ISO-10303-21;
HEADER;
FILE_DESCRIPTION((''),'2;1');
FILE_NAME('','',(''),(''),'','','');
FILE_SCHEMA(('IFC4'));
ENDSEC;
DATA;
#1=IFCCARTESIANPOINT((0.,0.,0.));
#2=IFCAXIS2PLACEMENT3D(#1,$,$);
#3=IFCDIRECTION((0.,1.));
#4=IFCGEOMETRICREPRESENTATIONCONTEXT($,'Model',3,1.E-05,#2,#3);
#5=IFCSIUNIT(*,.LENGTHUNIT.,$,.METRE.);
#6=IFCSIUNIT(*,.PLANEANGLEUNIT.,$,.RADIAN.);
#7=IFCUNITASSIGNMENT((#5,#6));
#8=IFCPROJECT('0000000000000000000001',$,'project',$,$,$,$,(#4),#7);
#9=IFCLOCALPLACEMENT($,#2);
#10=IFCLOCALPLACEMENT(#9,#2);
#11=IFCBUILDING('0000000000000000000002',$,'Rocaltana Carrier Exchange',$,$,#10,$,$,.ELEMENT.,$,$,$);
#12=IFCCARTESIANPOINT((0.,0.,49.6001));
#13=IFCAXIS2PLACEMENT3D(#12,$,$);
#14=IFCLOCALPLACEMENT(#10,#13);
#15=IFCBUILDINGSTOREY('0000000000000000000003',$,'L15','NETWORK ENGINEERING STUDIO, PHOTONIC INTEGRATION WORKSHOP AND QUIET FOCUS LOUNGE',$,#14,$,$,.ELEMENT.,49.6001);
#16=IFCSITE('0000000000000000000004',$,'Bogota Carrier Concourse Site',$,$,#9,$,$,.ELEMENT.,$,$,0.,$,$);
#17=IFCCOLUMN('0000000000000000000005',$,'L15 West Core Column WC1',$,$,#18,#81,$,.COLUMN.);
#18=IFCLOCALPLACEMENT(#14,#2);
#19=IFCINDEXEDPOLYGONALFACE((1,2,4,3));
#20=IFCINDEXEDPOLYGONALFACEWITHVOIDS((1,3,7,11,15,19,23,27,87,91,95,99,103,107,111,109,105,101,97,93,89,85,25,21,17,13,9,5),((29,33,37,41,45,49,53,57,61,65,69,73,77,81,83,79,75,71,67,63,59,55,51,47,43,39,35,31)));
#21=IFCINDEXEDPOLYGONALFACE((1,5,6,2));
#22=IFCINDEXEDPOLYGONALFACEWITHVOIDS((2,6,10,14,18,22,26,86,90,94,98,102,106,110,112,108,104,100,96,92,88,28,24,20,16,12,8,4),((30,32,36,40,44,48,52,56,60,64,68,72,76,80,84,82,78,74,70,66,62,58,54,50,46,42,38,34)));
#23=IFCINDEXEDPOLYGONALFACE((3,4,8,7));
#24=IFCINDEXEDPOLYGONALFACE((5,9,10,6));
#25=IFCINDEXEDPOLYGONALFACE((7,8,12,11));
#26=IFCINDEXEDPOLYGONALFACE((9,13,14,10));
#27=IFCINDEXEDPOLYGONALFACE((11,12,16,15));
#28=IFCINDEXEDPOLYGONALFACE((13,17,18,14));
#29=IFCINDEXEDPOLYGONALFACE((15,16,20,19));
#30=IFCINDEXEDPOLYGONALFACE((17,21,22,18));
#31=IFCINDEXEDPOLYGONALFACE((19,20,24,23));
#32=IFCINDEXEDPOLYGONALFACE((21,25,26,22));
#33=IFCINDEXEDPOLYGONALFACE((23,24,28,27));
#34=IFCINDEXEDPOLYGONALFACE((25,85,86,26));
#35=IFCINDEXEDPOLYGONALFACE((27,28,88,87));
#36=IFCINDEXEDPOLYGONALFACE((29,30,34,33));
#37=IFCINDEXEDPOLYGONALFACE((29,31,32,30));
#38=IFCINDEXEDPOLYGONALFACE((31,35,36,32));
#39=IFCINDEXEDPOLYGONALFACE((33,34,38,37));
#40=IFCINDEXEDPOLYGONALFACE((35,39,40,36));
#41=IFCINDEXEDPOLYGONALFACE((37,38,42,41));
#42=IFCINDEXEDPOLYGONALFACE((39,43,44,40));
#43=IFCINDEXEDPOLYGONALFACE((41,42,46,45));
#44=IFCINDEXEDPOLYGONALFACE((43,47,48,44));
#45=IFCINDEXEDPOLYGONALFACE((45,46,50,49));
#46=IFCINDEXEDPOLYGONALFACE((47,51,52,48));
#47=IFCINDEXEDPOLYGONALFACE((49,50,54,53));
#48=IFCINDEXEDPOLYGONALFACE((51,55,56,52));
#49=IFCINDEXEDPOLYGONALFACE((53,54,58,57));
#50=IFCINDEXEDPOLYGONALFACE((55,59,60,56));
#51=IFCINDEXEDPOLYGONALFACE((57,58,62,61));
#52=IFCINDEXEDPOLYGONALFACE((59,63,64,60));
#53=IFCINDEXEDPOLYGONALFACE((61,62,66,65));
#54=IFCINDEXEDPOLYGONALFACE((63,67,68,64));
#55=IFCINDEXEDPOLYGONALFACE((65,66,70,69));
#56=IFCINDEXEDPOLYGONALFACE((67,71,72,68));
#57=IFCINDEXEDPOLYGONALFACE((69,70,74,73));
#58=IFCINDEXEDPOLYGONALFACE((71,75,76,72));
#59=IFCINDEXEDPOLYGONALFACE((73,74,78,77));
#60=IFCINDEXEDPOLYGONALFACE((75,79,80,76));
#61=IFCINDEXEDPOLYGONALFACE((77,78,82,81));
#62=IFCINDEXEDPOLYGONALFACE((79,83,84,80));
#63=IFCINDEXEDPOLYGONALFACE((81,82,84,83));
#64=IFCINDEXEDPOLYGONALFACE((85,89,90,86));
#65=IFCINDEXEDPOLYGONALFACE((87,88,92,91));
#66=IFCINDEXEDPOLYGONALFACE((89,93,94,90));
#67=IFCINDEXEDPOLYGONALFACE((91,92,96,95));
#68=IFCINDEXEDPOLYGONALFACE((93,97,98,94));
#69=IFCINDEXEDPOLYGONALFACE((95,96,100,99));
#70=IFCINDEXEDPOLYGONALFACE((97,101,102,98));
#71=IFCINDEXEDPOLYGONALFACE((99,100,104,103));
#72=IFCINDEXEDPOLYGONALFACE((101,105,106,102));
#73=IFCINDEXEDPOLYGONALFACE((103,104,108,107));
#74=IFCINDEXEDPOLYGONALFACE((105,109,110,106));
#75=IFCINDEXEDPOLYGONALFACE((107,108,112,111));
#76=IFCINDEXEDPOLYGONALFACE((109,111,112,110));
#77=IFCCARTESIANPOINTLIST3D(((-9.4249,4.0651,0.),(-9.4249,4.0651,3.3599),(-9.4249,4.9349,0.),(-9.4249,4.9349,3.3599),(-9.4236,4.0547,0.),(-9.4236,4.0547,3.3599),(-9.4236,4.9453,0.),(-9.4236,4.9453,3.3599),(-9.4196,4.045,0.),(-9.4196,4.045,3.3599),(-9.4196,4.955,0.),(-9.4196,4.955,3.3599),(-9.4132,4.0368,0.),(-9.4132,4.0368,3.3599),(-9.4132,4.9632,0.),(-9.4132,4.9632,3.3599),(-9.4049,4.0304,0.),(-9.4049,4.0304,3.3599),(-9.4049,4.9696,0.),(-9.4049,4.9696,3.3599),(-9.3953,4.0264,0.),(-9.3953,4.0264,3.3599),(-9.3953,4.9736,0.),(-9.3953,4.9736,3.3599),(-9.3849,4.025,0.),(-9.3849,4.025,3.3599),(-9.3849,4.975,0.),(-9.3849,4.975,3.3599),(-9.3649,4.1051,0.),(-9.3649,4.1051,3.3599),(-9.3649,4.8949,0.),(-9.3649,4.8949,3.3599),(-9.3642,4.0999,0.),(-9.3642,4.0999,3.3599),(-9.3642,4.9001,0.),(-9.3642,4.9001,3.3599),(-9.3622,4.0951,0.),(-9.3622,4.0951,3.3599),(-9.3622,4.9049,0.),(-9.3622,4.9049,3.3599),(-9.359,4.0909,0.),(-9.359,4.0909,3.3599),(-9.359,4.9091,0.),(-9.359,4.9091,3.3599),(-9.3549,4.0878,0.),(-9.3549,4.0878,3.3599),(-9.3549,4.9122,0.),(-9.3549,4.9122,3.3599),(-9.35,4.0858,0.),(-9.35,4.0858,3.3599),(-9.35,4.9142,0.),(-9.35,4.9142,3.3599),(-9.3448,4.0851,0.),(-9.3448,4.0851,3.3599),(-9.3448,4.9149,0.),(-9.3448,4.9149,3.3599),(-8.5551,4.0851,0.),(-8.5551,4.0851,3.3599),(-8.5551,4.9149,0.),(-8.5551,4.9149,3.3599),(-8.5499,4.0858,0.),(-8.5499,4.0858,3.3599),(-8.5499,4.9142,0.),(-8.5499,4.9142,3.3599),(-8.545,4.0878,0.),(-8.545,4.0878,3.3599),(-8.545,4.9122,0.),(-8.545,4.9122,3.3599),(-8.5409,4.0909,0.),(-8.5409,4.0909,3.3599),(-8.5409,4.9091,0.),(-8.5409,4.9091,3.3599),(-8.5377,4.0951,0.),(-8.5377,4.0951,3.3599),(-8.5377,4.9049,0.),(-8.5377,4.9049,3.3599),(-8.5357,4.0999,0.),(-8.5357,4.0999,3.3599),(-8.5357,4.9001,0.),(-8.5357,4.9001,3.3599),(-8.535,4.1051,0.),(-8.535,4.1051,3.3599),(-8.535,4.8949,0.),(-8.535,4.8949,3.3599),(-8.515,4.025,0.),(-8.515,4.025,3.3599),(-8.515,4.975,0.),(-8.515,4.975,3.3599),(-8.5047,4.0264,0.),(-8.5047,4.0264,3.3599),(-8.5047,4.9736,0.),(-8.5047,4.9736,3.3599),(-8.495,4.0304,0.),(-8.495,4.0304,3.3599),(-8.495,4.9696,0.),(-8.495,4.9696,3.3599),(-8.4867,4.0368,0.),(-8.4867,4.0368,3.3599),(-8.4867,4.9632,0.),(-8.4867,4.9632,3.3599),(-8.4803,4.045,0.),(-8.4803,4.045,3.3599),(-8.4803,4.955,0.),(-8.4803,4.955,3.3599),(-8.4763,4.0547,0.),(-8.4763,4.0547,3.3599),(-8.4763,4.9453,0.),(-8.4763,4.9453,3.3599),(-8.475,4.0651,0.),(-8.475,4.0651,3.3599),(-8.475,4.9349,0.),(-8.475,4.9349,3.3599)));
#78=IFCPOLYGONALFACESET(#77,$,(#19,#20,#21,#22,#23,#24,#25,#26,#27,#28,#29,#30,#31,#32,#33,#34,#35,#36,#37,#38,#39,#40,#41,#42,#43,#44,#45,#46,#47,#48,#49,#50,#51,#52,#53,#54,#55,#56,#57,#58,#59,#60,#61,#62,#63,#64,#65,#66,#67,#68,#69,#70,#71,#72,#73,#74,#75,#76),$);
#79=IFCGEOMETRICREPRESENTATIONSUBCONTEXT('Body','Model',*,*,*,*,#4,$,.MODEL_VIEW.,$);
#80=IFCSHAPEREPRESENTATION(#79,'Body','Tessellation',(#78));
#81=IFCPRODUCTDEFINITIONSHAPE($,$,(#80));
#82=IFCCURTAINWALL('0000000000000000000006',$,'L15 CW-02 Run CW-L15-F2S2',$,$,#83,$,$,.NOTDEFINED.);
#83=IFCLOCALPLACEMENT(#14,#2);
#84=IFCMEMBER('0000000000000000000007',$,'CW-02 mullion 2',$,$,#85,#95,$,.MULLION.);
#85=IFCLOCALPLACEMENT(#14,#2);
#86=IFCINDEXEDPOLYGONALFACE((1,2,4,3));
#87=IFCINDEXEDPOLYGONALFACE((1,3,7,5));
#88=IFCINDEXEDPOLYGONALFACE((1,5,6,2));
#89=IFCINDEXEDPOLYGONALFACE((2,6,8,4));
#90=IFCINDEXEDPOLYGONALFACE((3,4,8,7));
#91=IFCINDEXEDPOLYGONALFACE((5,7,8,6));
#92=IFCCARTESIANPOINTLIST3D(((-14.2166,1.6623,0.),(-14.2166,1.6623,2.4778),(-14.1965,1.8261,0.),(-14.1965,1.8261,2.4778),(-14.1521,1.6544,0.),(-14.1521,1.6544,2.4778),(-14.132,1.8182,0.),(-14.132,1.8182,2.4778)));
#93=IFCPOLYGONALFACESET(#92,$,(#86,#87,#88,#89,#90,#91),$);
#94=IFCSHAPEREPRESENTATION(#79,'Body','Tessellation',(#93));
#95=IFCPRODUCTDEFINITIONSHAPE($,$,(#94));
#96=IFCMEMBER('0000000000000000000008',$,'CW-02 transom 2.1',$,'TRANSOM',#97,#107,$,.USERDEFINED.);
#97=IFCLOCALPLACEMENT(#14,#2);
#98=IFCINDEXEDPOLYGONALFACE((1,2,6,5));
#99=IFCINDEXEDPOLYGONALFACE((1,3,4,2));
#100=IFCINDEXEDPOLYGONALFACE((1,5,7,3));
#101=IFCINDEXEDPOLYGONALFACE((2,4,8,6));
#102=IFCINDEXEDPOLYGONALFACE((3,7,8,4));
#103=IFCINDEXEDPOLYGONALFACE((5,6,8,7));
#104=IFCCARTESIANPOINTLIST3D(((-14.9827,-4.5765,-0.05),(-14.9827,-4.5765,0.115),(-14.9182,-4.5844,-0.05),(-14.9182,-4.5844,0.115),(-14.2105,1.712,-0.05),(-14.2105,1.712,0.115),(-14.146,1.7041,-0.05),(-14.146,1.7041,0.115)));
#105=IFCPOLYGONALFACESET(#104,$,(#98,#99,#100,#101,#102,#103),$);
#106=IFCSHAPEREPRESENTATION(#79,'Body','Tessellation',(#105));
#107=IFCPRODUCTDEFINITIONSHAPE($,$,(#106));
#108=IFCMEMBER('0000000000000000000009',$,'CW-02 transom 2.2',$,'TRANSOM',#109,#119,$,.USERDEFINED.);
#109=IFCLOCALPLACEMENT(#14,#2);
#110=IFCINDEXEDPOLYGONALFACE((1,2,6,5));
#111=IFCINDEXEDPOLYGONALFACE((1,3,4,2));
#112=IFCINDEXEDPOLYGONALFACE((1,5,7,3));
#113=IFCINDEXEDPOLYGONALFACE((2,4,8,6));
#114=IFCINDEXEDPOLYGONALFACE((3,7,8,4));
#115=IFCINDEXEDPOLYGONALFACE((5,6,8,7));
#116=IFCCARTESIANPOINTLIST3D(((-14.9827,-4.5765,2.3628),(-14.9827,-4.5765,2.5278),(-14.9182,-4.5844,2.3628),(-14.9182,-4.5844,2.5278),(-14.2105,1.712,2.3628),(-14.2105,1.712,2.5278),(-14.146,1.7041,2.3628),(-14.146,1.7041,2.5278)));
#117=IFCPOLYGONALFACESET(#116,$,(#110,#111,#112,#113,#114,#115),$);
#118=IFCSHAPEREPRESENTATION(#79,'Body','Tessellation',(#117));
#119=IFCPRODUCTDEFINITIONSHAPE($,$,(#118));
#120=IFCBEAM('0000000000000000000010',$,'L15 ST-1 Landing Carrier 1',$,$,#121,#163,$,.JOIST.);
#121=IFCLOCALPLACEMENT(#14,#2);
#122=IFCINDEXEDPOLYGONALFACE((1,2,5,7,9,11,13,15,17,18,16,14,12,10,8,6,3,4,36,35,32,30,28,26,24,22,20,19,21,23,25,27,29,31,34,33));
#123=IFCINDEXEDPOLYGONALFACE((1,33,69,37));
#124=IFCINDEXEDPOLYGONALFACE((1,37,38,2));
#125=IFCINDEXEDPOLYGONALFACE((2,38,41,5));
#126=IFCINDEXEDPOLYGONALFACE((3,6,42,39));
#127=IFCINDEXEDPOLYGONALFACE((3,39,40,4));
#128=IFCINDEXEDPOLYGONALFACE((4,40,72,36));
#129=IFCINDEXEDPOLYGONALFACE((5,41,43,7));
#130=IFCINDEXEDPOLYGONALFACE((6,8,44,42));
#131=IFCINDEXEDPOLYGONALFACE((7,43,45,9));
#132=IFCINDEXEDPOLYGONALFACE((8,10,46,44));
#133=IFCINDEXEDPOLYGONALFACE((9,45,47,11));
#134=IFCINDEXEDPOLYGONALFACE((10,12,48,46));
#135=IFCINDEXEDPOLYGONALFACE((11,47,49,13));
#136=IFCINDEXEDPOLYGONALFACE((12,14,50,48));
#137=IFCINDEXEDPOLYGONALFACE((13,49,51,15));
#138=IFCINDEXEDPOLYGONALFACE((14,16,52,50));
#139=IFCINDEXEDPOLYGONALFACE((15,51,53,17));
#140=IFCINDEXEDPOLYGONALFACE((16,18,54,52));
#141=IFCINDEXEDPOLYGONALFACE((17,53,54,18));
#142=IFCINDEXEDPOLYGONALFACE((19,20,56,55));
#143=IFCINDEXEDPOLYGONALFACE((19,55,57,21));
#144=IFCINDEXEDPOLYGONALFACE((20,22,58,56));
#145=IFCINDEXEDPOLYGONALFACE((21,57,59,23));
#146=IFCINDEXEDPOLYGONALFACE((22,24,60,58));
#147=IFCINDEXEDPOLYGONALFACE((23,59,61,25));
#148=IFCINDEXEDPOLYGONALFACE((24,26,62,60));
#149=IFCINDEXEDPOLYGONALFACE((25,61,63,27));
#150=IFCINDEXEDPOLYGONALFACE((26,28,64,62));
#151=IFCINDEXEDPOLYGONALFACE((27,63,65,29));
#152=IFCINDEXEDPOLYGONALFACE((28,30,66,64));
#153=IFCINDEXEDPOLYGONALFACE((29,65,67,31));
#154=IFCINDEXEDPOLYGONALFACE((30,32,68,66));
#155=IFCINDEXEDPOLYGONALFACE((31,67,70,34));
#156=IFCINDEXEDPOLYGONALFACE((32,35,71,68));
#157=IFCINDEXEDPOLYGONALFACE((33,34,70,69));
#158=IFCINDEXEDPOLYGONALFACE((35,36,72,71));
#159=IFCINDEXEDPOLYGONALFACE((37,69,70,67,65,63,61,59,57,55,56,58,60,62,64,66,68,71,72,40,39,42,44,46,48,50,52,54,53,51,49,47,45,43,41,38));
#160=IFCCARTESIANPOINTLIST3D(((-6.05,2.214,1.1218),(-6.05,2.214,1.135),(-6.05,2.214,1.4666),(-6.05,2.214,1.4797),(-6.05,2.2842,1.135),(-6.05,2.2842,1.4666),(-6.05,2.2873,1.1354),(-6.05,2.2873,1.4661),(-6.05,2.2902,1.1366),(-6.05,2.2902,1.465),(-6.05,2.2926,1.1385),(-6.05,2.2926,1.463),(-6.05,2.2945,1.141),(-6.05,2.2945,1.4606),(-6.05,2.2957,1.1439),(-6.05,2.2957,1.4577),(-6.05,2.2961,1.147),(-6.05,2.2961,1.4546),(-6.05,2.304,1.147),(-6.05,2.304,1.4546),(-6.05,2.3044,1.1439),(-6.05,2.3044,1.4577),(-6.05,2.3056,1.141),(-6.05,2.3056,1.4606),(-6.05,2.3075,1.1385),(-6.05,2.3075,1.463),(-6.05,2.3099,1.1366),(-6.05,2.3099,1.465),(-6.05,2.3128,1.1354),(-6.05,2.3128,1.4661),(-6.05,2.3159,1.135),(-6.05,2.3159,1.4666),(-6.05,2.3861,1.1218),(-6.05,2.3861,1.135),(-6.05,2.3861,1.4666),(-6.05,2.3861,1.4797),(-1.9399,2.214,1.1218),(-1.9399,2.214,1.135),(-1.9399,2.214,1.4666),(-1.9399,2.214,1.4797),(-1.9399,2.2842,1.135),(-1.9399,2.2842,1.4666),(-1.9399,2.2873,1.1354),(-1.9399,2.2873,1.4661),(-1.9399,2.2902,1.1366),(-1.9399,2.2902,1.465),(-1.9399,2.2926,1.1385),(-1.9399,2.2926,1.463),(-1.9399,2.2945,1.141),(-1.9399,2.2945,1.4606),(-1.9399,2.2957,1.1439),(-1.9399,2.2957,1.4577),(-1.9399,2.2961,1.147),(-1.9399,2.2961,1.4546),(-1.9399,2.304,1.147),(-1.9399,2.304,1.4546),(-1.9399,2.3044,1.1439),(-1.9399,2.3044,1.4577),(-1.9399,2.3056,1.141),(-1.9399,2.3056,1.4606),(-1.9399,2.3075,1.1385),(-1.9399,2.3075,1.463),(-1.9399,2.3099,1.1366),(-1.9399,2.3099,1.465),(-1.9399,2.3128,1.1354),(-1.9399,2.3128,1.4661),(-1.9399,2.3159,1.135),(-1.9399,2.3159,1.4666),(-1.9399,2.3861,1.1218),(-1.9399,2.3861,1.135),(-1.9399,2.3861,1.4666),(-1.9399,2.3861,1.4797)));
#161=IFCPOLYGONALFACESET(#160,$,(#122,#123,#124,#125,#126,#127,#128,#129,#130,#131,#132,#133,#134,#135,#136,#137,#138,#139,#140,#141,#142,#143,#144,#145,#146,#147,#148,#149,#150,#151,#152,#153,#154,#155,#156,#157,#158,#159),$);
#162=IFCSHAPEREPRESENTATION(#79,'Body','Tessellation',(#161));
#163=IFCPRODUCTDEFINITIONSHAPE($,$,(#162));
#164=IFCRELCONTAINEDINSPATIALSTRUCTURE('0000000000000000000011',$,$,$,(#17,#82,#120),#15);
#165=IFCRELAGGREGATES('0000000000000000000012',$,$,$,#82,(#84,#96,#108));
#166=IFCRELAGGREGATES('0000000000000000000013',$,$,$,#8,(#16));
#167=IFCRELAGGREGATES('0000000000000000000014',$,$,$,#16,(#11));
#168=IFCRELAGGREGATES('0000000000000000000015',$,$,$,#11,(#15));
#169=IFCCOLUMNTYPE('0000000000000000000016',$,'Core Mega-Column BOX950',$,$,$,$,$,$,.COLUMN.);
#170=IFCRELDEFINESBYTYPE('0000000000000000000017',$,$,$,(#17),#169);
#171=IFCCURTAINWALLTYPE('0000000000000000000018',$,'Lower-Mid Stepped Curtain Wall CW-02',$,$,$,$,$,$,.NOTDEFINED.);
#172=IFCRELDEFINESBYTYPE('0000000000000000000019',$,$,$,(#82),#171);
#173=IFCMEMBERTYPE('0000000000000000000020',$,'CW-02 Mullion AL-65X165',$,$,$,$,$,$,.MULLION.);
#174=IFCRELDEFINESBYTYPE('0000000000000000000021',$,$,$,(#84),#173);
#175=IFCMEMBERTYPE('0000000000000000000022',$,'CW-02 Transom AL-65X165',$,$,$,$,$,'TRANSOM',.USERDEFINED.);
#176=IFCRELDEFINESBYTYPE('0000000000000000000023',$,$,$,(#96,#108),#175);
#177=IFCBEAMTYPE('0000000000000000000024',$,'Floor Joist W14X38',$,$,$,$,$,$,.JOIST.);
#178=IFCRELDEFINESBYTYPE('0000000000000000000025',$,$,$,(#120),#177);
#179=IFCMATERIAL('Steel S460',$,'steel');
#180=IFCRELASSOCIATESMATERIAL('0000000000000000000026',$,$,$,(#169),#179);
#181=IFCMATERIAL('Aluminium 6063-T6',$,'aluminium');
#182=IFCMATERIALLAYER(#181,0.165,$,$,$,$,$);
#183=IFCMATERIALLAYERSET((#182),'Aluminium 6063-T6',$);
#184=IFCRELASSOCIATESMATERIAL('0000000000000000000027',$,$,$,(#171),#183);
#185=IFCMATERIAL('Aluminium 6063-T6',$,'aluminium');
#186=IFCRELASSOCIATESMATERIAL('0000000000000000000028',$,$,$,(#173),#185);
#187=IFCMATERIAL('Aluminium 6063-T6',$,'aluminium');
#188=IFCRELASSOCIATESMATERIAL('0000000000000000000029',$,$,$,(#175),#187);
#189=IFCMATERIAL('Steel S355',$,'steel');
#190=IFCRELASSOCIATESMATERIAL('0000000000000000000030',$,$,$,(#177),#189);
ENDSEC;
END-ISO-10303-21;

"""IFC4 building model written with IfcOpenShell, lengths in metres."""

from ifc_helpers import new_model, si_unit, direction, frame, origin, origin_2d, place, context, subcontext, project, spatial, rectangle, hollow_rectangle, i_section, extrude, material, layer, layer_set, material_profile, profile_set, type_object, element, aggregate, save


model = new_model("IFC4")

# Units and contexts
model_context = context("Model", 3, precision=1e-05, world=origin(), true_north=direction((0.0, 1.0)))
body_context = subcontext(model_context, "Body", "Model", "MODEL_VIEW")
ifc_project = project(units=[si_unit("LENGTHUNIT", "METRE"), si_unit("PLANEANGLEUNIT", "RADIAN")], contexts=[model_context])

# Site, building, storey
site_placement = place(None, origin())
site = spatial("IfcSite", under=ifc_project, at=site_placement, Name="Bogota Carrier Concourse Site", CompositionType="ELEMENT", RefElevation=0.0)
building_placement = place(site_placement, origin())
building = spatial("IfcBuilding", under=site, at=building_placement, Name="Rocaltana Carrier Exchange", CompositionType="ELEMENT")
storey_placement = place(building_placement, frame((0.0, 0.0, 49.6001)))
storey = spatial("IfcBuildingStorey", under=building, at=storey_placement, Name="L15", Description="NETWORK ENGINEERING STUDIO, PHOTONIC INTEGRATION WORKSHOP AND QUIET FOCUS LOUNGE", CompositionType="ELEMENT", Elevation=49.6001)

# Column
ifc_material_1 = material(Name="Steel S460", Category="steel")
ifc_material_profile_1 = material_profile(ifc_material_1, hollow_rectangle(XDim=0.95, YDim=0.95, WallThickness=0.0601, InnerFilletRadius=0.02, OuterFilletRadius=0.04, at=origin_2d()), Name="BOX950X950X60")
ifc_profile_set_1 = profile_set([ifc_material_profile_1], Name="Steel S460")
column_type = type_object("IfcColumnType", Name="Core Mega-Column BOX950", PredefinedType="COLUMN", material=ifc_profile_set_1)
column_placement = place(storey_placement, frame((-8.95, 4.5, 0.0), z_axis=(0.0, 0.0, 1.0), x_axis=(1.0, 0.0, 0.0)))
element("IfcColumn", 1, at=column_placement, inside=storey, type_object=column_type, Name="L15 West Core Column WC1", PredefinedType="COLUMN", context=body_context, shape_type="SweptSolid", body=[
    extrude(hollow_rectangle(XDim=0.95, YDim=0.95, WallThickness=0.0601, InnerFilletRadius=0.02, OuterFilletRadius=0.04, at=origin_2d()), origin(), (0.0, 0.0, 1.0), 3.3599),
])

# Curtain wall, members
ifc_material_2 = material(Name="Aluminium 6063-T6", Category="aluminium")
ifc_layer_1 = layer(ifc_material_2, 0.165)
ifc_layer_set_1 = layer_set([ifc_layer_1], Name="Aluminium 6063-T6")
curtain_wall_type = type_object("IfcCurtainWallType", Name="Lower-Mid Stepped Curtain Wall CW-02", PredefinedType="NOTDEFINED", material=ifc_layer_set_1)
curtain_wall_placement = place(storey_placement, origin())
curtain_wall = element("IfcCurtainWall", 2, at=curtain_wall_placement, inside=storey, type_object=curtain_wall_type, Name="L15 CW-02 Run CW-L15-F2S2", PredefinedType="NOTDEFINED")
ifc_material_3 = material(Name="Aluminium 6063-T6", Category="aluminium")
ifc_material_profile_2 = material_profile(ifc_material_3, rectangle(XDim=0.0649, YDim=0.165, at=origin_2d()), Name="AL-65X165")
ifc_profile_set_2 = profile_set([ifc_material_profile_2], Name="Aluminium 6063-T6")
member_type_1 = type_object("IfcMemberType", Name="CW-02 Mullion AL-65X165", PredefinedType="MULLION", material=ifc_profile_set_2)
member_1_placement = place(storey_placement, frame((-14.1743, 1.7402, 0.0), z_axis=(0.0, 0.0, 1.0), x_axis=(0.992546, -0.121874, 0.0)))
member_1 = element("IfcMember", 3, at=member_1_placement, type_object=member_type_1, Name="CW-02 mullion 2", PredefinedType="MULLION", context=body_context, shape_type="SweptSolid", body=[
    extrude(rectangle(XDim=0.0649, YDim=0.165, at=origin_2d()), origin(), (0.0, 0.0, 1.0), 2.4778),
])
ifc_material_4 = material(Name="Aluminium 6063-T6", Category="aluminium")
ifc_material_profile_3 = material_profile(ifc_material_4, rectangle(XDim=0.0649, YDim=0.165, at=origin_2d()), Name="AL-65X165")
ifc_profile_set_3 = profile_set([ifc_material_profile_3], Name="Aluminium 6063-T6")
member_type_2 = type_object("IfcMemberType", Name="CW-02 Transom AL-65X165", ElementType="TRANSOM", PredefinedType="USERDEFINED", material=ifc_profile_set_3)
member_2_placement = place(storey_placement, frame((-14.1782, 1.708, 0.0325), z_axis=(-0.121881, -0.992545, 0.0), x_axis=(0.992545, -0.121881, 0.0)))
member_2 = element("IfcMember", 4, at=member_2_placement, type_object=member_type_2, Name="CW-02 transom 2.1", ObjectType="TRANSOM", PredefinedType="USERDEFINED", context=body_context, shape_type="SweptSolid", body=[
    extrude(rectangle(XDim=0.0649, YDim=0.165, at=origin_2d()), origin(), (0.0, 0.0, 1.0), 6.3357),
])
member_3_placement = place(storey_placement, frame((-14.1782, 1.708, 2.4453), z_axis=(-0.121881, -0.992545, 0.0), x_axis=(0.992545, -0.121881, 0.0)))
member_3 = element("IfcMember", 5, at=member_3_placement, type_object=member_type_2, Name="CW-02 transom 2.2", ObjectType="TRANSOM", PredefinedType="USERDEFINED", context=body_context, shape_type="SweptSolid", body=[
    extrude(rectangle(XDim=0.0649, YDim=0.165, at=origin_2d()), origin(), (0.0, 0.0, 1.0), 6.3357),
])

# Beam
ifc_material_5 = material(Name="Steel S355", Category="steel")
ifc_material_profile_4 = material_profile(ifc_material_5, i_section(OverallWidth=0.1721, OverallDepth=0.3579, WebThickness=0.0078, FlangeThickness=0.0132, FilletRadius=0.012, at=origin_2d()), Name="W14X38")
ifc_profile_set_4 = profile_set([ifc_material_profile_4], Name="Steel S355")
beam_type_1 = type_object("IfcBeamType", Name="Floor Joist W14X38", PredefinedType="JOIST", material=ifc_profile_set_4)
beam_1_placement = place(storey_placement, frame((-6.05, 2.3, 1.3008), z_axis=(1.0, 0.0, 0.0), x_axis=(0.0, 1.0, 0.0)))
element("IfcBeam", 6, at=beam_1_placement, inside=storey, type_object=beam_type_1, Name="L15 ST-1 Landing Carrier 1", PredefinedType="JOIST", context=body_context, shape_type="SweptSolid", body=[
    extrude(i_section(OverallWidth=0.1721, OverallDepth=0.3579, WebThickness=0.0078, FlangeThickness=0.0132, FilletRadius=0.012, at=origin_2d()), origin(), (0.0, 0.0, 1.0), 4.1101),
])

aggregate(curtain_wall, [member_1, member_2, member_3])

save(model, "model.ifc")
